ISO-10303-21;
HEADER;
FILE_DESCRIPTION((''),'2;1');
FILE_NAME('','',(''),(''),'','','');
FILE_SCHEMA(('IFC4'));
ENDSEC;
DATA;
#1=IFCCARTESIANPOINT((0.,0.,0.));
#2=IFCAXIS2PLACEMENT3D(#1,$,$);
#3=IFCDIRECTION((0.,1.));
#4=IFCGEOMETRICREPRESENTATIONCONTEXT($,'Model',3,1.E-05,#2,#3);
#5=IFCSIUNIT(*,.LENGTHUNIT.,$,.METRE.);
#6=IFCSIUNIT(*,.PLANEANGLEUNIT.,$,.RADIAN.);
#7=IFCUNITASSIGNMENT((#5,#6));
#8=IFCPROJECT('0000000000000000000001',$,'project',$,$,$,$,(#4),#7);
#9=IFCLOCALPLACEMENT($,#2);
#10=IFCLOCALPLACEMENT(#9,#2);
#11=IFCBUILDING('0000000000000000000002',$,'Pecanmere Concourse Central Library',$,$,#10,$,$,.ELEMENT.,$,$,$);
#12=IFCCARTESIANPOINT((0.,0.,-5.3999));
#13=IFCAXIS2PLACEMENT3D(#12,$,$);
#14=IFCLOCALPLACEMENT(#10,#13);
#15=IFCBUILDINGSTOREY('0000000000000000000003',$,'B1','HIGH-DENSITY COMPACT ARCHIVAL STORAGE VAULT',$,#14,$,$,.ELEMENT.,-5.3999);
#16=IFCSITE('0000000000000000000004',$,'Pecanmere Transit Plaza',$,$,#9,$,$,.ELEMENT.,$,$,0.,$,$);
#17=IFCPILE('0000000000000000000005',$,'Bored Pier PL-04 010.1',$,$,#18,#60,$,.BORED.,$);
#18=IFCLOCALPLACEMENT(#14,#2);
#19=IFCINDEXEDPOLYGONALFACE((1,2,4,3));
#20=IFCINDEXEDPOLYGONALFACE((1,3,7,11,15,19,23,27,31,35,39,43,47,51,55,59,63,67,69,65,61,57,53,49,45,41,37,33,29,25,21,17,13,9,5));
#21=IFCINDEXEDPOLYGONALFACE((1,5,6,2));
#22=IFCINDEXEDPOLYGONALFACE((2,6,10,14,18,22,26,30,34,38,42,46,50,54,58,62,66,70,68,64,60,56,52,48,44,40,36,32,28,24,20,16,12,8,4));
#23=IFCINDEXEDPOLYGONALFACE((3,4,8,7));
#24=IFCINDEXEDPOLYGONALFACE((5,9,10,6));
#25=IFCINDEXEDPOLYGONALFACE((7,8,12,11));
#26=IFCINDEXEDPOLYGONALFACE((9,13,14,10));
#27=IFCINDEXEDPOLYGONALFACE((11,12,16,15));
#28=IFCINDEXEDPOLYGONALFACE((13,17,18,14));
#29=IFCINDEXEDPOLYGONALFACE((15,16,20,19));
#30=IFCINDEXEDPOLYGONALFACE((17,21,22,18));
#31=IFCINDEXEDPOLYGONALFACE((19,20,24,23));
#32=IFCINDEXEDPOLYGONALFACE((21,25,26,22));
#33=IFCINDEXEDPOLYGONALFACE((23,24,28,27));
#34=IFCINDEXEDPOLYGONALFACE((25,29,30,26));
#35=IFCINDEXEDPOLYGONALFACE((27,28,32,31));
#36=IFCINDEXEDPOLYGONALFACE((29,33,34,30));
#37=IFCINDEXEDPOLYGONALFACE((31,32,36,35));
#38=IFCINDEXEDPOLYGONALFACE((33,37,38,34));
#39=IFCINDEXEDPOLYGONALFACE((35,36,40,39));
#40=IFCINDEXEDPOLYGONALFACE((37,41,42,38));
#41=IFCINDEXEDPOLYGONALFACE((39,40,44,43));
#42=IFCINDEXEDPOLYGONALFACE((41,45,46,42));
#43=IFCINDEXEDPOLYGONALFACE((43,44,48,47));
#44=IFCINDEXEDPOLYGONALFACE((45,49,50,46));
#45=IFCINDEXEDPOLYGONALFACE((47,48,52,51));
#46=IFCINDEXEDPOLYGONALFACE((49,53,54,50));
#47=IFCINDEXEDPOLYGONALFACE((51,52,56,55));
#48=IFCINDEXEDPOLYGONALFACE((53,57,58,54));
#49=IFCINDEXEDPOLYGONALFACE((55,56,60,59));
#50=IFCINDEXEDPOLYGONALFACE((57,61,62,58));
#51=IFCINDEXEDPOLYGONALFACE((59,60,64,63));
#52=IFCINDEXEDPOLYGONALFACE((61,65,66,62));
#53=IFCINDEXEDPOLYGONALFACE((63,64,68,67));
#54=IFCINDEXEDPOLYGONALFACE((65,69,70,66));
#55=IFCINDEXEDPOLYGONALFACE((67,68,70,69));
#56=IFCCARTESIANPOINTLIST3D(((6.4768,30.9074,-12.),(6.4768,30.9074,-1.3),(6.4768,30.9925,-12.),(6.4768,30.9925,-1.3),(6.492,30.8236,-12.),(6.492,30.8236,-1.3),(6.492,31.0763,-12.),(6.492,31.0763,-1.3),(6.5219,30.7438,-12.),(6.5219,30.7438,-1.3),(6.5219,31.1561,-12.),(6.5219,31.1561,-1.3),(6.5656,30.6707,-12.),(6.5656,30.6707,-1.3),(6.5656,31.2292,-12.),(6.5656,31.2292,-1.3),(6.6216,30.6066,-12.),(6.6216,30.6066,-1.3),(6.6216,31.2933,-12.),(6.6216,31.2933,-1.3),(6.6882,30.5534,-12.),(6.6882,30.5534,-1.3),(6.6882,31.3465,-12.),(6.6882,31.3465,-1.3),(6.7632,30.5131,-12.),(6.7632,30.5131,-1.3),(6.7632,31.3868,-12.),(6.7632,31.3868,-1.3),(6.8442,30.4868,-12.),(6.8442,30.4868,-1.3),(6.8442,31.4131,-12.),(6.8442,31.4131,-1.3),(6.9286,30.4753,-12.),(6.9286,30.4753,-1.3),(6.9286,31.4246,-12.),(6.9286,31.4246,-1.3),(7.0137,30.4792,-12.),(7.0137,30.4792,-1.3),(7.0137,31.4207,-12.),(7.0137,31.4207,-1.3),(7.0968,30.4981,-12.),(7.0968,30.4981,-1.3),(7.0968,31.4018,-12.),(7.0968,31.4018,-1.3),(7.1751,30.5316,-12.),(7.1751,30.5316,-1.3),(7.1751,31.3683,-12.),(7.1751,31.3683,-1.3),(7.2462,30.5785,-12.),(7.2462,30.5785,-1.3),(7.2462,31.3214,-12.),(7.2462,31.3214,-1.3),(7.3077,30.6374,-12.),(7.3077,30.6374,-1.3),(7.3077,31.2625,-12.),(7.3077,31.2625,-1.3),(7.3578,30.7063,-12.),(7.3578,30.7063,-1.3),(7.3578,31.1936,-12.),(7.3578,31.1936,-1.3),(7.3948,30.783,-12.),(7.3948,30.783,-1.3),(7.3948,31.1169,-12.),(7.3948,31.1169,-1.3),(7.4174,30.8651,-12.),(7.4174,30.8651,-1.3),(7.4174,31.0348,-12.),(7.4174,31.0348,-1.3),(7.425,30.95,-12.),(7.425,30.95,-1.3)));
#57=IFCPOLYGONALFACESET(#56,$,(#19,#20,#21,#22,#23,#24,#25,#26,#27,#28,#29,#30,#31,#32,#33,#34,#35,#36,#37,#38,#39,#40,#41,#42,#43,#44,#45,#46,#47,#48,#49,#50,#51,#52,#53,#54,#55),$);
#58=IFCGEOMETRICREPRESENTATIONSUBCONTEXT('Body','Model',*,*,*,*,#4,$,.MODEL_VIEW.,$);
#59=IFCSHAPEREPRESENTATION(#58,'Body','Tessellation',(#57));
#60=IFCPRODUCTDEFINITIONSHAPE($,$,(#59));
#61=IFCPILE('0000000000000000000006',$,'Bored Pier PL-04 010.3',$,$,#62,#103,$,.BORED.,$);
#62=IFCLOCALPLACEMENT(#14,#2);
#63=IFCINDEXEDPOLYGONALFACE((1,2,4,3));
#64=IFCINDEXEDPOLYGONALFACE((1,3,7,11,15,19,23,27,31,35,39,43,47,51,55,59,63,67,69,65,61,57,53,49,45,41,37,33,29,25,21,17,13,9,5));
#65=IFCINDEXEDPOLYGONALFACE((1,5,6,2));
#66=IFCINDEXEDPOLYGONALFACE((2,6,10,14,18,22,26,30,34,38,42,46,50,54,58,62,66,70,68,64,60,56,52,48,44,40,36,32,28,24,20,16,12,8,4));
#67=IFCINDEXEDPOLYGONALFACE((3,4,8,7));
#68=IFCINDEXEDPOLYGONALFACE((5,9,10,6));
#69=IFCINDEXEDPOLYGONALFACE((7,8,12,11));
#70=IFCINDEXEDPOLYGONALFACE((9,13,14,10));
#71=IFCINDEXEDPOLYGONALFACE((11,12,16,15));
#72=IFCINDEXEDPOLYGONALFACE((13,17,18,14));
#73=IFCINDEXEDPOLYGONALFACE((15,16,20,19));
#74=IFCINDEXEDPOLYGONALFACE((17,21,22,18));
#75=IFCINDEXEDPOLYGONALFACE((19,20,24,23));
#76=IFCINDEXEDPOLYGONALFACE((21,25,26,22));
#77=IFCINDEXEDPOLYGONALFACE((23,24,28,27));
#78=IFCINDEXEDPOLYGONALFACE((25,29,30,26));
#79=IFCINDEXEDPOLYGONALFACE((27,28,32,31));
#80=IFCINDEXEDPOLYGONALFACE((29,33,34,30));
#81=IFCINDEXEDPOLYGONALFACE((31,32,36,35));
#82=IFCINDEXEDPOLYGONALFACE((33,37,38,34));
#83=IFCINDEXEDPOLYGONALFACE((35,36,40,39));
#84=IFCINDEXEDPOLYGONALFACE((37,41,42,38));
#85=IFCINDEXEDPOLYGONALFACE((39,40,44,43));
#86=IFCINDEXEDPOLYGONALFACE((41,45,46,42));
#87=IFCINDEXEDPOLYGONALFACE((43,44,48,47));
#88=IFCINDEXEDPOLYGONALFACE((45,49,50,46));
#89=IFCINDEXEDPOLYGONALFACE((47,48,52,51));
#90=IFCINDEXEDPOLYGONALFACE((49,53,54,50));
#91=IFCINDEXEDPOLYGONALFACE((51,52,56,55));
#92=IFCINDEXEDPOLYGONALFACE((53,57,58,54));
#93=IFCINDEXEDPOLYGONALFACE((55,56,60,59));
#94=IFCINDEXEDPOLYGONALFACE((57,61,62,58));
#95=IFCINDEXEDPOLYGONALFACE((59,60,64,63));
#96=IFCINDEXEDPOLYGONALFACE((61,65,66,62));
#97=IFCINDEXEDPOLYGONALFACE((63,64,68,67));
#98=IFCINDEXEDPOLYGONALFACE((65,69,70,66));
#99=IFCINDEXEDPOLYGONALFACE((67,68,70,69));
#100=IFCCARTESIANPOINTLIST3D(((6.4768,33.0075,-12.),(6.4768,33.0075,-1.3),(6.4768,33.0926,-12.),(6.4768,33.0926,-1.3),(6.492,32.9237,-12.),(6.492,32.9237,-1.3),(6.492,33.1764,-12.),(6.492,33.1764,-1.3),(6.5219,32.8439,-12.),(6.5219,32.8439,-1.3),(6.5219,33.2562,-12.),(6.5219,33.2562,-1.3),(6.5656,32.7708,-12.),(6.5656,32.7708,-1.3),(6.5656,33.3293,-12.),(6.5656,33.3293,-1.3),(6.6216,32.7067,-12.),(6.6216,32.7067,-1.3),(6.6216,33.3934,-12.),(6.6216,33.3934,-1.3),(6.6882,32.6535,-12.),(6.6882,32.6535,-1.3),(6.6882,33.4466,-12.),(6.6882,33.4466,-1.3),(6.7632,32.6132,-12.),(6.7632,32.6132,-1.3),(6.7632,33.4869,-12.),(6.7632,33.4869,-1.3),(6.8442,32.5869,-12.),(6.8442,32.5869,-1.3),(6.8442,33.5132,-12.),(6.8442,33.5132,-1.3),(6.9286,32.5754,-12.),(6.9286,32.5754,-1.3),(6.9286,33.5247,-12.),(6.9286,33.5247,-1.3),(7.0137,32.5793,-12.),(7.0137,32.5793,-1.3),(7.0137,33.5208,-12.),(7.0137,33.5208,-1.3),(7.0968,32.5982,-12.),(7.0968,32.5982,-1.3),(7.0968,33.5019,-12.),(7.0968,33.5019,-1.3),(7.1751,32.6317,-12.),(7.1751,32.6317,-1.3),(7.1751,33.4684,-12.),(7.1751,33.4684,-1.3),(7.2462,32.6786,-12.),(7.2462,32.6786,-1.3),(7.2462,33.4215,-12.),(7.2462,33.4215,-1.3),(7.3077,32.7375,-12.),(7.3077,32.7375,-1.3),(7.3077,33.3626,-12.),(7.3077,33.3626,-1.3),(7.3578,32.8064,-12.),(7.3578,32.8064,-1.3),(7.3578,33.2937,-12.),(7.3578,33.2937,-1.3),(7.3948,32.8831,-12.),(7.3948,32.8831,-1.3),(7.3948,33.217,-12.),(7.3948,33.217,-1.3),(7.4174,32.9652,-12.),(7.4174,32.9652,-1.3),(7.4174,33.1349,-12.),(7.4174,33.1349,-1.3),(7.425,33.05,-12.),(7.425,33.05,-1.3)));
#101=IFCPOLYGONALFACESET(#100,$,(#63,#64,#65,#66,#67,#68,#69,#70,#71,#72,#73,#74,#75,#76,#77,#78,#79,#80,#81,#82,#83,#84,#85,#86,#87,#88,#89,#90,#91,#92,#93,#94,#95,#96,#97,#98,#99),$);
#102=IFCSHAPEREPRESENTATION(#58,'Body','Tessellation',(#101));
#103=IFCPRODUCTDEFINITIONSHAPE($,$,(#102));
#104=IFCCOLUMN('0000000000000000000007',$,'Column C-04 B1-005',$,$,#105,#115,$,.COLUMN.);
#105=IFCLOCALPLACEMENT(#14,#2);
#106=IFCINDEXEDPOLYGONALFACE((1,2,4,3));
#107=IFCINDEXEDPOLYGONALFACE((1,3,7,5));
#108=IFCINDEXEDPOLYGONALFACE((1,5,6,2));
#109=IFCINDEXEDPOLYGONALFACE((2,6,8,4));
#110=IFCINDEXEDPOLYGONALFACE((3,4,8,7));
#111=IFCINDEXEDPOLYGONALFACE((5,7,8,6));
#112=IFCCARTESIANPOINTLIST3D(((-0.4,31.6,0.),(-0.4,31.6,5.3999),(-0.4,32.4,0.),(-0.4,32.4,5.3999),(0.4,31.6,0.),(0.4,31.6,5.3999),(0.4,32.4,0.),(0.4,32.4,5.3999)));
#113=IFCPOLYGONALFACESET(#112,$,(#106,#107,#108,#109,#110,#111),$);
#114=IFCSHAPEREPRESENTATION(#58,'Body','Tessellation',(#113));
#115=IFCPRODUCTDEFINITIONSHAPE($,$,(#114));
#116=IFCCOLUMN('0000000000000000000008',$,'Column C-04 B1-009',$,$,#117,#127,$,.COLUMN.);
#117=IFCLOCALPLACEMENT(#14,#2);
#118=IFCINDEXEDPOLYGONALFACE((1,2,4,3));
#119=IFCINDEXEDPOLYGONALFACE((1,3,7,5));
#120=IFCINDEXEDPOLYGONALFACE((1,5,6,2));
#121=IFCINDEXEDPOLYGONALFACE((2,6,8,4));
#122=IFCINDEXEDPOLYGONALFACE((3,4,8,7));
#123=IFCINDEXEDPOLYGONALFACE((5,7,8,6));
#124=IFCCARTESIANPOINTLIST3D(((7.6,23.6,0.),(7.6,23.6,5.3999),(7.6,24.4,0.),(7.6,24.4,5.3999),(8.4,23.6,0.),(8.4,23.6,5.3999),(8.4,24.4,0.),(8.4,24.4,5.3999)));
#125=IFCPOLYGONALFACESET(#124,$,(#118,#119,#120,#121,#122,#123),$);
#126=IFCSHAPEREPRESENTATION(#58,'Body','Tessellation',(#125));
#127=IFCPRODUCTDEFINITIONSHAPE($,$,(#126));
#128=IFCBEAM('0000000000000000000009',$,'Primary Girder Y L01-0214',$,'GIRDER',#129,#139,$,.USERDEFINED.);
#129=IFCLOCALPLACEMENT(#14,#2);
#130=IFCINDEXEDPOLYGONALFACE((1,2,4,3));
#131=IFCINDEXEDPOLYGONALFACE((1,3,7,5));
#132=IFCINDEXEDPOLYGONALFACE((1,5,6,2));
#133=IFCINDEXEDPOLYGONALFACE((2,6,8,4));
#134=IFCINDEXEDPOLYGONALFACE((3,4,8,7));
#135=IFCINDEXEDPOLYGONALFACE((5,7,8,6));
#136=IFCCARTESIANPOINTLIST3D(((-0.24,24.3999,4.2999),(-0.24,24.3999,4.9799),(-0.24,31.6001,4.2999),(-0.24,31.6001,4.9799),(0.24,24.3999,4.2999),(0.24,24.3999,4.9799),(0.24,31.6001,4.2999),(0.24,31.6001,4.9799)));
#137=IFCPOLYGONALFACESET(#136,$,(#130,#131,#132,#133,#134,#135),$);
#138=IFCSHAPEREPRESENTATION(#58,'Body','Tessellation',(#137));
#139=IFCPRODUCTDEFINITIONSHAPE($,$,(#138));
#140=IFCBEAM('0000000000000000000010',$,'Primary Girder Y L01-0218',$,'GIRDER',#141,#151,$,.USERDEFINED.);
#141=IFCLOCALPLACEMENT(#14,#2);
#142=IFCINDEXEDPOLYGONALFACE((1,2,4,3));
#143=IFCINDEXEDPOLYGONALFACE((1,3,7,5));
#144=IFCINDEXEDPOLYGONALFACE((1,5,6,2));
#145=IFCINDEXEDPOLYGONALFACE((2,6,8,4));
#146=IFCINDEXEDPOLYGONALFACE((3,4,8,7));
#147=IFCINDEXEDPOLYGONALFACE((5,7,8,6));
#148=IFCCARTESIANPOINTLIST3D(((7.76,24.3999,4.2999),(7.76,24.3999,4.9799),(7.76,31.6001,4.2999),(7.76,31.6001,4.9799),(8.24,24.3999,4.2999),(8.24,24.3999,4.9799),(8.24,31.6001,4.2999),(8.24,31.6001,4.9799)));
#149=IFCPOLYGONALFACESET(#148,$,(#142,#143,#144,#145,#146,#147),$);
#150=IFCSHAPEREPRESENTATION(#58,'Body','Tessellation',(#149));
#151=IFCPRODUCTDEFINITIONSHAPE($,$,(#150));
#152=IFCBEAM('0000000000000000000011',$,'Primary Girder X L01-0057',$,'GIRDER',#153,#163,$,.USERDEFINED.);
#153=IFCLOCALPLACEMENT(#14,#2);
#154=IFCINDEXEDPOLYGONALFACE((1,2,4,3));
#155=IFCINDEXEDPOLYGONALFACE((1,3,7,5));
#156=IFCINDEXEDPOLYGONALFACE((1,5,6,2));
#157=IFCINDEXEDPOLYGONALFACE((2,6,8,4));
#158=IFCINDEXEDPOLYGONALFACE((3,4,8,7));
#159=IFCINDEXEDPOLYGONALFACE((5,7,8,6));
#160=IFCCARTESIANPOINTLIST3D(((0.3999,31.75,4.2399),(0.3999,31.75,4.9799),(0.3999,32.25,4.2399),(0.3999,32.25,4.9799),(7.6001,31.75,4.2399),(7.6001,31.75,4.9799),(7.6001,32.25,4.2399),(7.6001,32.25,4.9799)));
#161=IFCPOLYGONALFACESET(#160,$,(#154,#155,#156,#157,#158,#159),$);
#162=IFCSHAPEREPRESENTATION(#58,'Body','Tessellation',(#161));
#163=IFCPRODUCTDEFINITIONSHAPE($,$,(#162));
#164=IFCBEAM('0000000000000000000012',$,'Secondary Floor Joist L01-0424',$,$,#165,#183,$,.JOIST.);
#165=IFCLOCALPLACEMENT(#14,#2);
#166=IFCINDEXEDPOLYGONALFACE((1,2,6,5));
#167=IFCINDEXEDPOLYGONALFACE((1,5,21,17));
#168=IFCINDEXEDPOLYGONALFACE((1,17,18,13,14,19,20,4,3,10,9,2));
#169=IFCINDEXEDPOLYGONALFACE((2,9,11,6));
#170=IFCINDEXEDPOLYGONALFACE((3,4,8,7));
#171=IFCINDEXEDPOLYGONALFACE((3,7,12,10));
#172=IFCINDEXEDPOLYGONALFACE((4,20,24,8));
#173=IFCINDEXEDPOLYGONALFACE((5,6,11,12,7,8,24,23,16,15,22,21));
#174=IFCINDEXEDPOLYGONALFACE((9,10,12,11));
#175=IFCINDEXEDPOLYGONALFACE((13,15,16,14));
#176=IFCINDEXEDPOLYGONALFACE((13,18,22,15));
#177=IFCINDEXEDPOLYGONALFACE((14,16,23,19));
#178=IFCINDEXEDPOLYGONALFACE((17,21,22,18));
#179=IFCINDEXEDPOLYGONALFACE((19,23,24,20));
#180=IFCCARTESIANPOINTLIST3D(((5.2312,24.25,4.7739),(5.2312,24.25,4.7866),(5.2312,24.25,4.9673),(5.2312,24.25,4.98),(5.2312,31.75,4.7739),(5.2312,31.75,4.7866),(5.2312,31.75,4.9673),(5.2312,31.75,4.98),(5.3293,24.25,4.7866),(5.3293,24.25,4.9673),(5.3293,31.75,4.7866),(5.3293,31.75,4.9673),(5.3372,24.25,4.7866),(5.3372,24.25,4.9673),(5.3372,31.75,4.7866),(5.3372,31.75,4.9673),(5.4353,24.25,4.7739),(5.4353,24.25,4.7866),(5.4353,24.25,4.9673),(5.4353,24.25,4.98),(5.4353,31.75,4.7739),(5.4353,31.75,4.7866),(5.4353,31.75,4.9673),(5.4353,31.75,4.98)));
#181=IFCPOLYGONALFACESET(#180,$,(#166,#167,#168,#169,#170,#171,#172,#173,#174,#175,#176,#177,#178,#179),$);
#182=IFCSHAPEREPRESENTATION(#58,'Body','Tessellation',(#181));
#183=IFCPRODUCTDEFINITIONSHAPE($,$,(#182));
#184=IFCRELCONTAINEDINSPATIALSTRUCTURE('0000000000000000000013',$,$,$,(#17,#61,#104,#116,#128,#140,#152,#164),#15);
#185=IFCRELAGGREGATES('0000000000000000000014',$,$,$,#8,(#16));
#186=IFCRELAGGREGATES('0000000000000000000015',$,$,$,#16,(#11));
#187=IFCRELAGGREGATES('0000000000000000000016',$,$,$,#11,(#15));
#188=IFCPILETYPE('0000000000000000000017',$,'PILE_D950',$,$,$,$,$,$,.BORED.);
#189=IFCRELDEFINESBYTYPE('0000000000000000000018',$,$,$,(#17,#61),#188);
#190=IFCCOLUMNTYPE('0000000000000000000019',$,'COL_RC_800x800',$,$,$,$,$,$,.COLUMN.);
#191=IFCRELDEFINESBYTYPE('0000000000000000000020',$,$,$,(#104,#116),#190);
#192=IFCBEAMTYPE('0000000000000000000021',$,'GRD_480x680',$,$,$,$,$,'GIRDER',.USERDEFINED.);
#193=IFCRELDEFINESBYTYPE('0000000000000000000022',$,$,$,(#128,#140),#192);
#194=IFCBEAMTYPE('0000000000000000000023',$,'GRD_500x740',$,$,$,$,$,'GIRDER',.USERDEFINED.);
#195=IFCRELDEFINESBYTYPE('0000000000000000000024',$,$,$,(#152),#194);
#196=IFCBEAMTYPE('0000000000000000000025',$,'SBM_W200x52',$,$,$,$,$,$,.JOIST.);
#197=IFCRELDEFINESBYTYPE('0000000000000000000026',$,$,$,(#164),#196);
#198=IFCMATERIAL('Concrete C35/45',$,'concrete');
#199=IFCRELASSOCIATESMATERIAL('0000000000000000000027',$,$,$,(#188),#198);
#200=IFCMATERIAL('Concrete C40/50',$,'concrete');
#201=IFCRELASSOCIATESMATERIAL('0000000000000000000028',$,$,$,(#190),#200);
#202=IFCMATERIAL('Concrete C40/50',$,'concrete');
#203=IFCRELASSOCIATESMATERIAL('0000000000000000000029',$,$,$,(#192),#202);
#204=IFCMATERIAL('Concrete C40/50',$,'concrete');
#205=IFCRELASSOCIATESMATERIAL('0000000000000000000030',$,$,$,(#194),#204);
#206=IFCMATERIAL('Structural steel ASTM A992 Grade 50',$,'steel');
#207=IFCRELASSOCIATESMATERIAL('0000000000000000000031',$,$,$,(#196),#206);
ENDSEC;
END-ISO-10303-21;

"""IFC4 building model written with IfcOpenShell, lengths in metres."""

from ifc_helpers import new_model, si_unit, direction, frame, origin, origin_2d, place, context, subcontext, project, spatial, rectangle, circle, i_section, extrude, material, material_profile, profile_set, type_object, element, save


model = new_model("IFC4")

# Units and contexts
model_context = context("Model", 3, precision=1e-05, world=origin(), true_north=direction((0.0, 1.0)))
body_context = subcontext(model_context, "Body", "Model", "MODEL_VIEW")
ifc_project = project(units=[si_unit("LENGTHUNIT", "METRE"), si_unit("PLANEANGLEUNIT", "RADIAN")], contexts=[model_context])

# Site, building, storey
site_placement = place(None, origin())
site = spatial("IfcSite", under=ifc_project, at=site_placement, Name="Pecanmere Transit Plaza", CompositionType="ELEMENT", RefElevation=0.0)
building_placement = place(site_placement, origin())
building = spatial("IfcBuilding", under=site, at=building_placement, Name="Pecanmere Concourse Central Library", CompositionType="ELEMENT")
storey_placement = place(building_placement, frame((0.0, 0.0, -5.3999)))
storey = spatial("IfcBuildingStorey", under=building, at=storey_placement, Name="B1", Description="HIGH-DENSITY COMPACT ARCHIVAL STORAGE VAULT", CompositionType="ELEMENT", Elevation=-5.3999)

# Piles
ifc_material_1 = material(Name="Concrete C35/45", Category="concrete")
ifc_material_profile_1 = material_profile(ifc_material_1, circle(Radius=0.4751, at=origin_2d()), Name="PIER D950")
ifc_profile_set_1 = profile_set([ifc_material_profile_1], Name="Concrete C35/45")
pile_type = type_object("IfcPileType", Name="PILE_D950", PredefinedType="BORED", material=ifc_profile_set_1)
for number, where, z_axis, x_axis, name in (
    (1, (6.95, 30.95, -1.3), (0.0, 0.0, -1.0), (1.0, 0.0, 0.0), "Bored Pier PL-04 010.1"),
    (2, (6.95, 33.05, -1.3), (0.0, 0.0, -1.0), (1.0, 0.0, 0.0), "Bored Pier PL-04 010.3"),
):
    element("IfcPile", number, at=place(storey_placement, frame(where, z_axis=z_axis, x_axis=x_axis)), inside=storey, type_object=pile_type, Name=name, PredefinedType="BORED", context=body_context, shape_type="SweptSolid", body=[
        extrude(circle(Radius=0.4751, at=origin_2d()), origin(), (0.0, 0.0, 1.0), 10.7),
    ])

# Columns
ifc_material_2 = material(Name="Concrete C40/50", Category="concrete")
ifc_material_profile_2 = material_profile(ifc_material_2, rectangle(XDim=0.8, YDim=0.8, at=origin_2d()), Name="RC 800x800")
ifc_profile_set_2 = profile_set([ifc_material_profile_2], Name="Concrete C40/50")
column_type = type_object("IfcColumnType", Name="COL_RC_800x800", PredefinedType="COLUMN", material=ifc_profile_set_2)
for number, where, z_axis, x_axis, name in (
    (3, (0.0, 32.0, 0.0), (0.0, 0.0, 1.0), (1.0, 0.0, 0.0), "Column C-04 B1-005"),
    (4, (8.0, 24.0, 0.0), (0.0, 0.0, 1.0), (1.0, 0.0, 0.0), "Column C-04 B1-009"),
):
    element("IfcColumn", number, at=place(storey_placement, frame(where, z_axis=z_axis, x_axis=x_axis)), inside=storey, type_object=column_type, Name=name, PredefinedType="COLUMN", context=body_context, shape_type="SweptSolid", body=[
        extrude(rectangle(XDim=0.8, YDim=0.8, at=origin_2d()), origin(), (0.0, 0.0, 1.0), 5.3999),
    ])

# Beams
ifc_material_3 = material(Name="Concrete C40/50", Category="concrete")
ifc_material_profile_3 = material_profile(ifc_material_3, rectangle(XDim=0.48, YDim=0.6799, at=origin_2d()), Name="RC 480x680")
ifc_profile_set_3 = profile_set([ifc_material_profile_3], Name="Concrete C40/50")
beam_type_1 = type_object("IfcBeamType", Name="GRD_480x680", ElementType="GIRDER", PredefinedType="USERDEFINED", material=ifc_profile_set_3)
for number, where, z_axis, x_axis, name in (
    (5, (0.0, 24.3999, 4.6399), (0.0, 1.0, 0.0), (-1.0, 0.0, 0.0), "Primary Girder Y L01-0214"),
    (6, (8.0, 24.3999, 4.6399), (0.0, 1.0, 0.0), (-1.0, 0.0, 0.0), "Primary Girder Y L01-0218"),
):
    element("IfcBeam", number, at=place(storey_placement, frame(where, z_axis=z_axis, x_axis=x_axis)), inside=storey, type_object=beam_type_1, Name=name, ObjectType="GIRDER", PredefinedType="USERDEFINED", context=body_context, shape_type="SweptSolid", body=[
        extrude(rectangle(XDim=0.48, YDim=0.6799, at=origin_2d()), origin(), (0.0, 0.0, 1.0), 7.2002),
    ])
ifc_material_4 = material(Name="Concrete C40/50", Category="concrete")
ifc_material_profile_4 = material_profile(ifc_material_4, rectangle(XDim=0.5, YDim=0.74, at=origin_2d()), Name="RC 500x740")
ifc_profile_set_4 = profile_set([ifc_material_profile_4], Name="Concrete C40/50")
beam_type_2 = type_object("IfcBeamType", Name="GRD_500x740", ElementType="GIRDER", PredefinedType="USERDEFINED", material=ifc_profile_set_4)
beam_1_placement = place(storey_placement, frame((0.3999, 32.0, 4.6099), z_axis=(1.0, 0.0, 0.0), x_axis=(0.0, 1.0, 0.0)))
element("IfcBeam", 7, at=beam_1_placement, inside=storey, type_object=beam_type_2, Name="Primary Girder X L01-0057", ObjectType="GIRDER", PredefinedType="USERDEFINED", context=body_context, shape_type="SweptSolid", body=[
    extrude(rectangle(XDim=0.5, YDim=0.74, at=origin_2d()), origin(), (0.0, 0.0, 1.0), 7.2002),
])
ifc_material_5 = material(Name="Structural steel ASTM A992 Grade 50", Category="steel")
ifc_material_profile_5 = material_profile(ifc_material_5, i_section(OverallWidth=0.2041, OverallDepth=0.2061, WebThickness=0.0078, FlangeThickness=0.0127, at=origin_2d()), Name="W200x52")
ifc_profile_set_5 = profile_set([ifc_material_profile_5], Name="Structural steel ASTM A992 Grade 50")
beam_type_3 = type_object("IfcBeamType", Name="SBM_W200x52", PredefinedType="JOIST", material=ifc_profile_set_5)
beam_2_placement = place(storey_placement, frame((5.3333, 24.25, 4.877), z_axis=(0.0, 1.0, 0.0), x_axis=(-1.0, 0.0, 0.0)))
element("IfcBeam", 8, at=beam_2_placement, inside=storey, type_object=beam_type_3, Name="Secondary Floor Joist L01-0424", PredefinedType="JOIST", context=body_context, shape_type="SweptSolid", body=[
    extrude(i_section(OverallWidth=0.2041, OverallDepth=0.2061, WebThickness=0.0078, FlangeThickness=0.0127, at=origin_2d()), origin(), (0.0, 0.0, 1.0), 7.5),
])

save(model, "model.ifc")
